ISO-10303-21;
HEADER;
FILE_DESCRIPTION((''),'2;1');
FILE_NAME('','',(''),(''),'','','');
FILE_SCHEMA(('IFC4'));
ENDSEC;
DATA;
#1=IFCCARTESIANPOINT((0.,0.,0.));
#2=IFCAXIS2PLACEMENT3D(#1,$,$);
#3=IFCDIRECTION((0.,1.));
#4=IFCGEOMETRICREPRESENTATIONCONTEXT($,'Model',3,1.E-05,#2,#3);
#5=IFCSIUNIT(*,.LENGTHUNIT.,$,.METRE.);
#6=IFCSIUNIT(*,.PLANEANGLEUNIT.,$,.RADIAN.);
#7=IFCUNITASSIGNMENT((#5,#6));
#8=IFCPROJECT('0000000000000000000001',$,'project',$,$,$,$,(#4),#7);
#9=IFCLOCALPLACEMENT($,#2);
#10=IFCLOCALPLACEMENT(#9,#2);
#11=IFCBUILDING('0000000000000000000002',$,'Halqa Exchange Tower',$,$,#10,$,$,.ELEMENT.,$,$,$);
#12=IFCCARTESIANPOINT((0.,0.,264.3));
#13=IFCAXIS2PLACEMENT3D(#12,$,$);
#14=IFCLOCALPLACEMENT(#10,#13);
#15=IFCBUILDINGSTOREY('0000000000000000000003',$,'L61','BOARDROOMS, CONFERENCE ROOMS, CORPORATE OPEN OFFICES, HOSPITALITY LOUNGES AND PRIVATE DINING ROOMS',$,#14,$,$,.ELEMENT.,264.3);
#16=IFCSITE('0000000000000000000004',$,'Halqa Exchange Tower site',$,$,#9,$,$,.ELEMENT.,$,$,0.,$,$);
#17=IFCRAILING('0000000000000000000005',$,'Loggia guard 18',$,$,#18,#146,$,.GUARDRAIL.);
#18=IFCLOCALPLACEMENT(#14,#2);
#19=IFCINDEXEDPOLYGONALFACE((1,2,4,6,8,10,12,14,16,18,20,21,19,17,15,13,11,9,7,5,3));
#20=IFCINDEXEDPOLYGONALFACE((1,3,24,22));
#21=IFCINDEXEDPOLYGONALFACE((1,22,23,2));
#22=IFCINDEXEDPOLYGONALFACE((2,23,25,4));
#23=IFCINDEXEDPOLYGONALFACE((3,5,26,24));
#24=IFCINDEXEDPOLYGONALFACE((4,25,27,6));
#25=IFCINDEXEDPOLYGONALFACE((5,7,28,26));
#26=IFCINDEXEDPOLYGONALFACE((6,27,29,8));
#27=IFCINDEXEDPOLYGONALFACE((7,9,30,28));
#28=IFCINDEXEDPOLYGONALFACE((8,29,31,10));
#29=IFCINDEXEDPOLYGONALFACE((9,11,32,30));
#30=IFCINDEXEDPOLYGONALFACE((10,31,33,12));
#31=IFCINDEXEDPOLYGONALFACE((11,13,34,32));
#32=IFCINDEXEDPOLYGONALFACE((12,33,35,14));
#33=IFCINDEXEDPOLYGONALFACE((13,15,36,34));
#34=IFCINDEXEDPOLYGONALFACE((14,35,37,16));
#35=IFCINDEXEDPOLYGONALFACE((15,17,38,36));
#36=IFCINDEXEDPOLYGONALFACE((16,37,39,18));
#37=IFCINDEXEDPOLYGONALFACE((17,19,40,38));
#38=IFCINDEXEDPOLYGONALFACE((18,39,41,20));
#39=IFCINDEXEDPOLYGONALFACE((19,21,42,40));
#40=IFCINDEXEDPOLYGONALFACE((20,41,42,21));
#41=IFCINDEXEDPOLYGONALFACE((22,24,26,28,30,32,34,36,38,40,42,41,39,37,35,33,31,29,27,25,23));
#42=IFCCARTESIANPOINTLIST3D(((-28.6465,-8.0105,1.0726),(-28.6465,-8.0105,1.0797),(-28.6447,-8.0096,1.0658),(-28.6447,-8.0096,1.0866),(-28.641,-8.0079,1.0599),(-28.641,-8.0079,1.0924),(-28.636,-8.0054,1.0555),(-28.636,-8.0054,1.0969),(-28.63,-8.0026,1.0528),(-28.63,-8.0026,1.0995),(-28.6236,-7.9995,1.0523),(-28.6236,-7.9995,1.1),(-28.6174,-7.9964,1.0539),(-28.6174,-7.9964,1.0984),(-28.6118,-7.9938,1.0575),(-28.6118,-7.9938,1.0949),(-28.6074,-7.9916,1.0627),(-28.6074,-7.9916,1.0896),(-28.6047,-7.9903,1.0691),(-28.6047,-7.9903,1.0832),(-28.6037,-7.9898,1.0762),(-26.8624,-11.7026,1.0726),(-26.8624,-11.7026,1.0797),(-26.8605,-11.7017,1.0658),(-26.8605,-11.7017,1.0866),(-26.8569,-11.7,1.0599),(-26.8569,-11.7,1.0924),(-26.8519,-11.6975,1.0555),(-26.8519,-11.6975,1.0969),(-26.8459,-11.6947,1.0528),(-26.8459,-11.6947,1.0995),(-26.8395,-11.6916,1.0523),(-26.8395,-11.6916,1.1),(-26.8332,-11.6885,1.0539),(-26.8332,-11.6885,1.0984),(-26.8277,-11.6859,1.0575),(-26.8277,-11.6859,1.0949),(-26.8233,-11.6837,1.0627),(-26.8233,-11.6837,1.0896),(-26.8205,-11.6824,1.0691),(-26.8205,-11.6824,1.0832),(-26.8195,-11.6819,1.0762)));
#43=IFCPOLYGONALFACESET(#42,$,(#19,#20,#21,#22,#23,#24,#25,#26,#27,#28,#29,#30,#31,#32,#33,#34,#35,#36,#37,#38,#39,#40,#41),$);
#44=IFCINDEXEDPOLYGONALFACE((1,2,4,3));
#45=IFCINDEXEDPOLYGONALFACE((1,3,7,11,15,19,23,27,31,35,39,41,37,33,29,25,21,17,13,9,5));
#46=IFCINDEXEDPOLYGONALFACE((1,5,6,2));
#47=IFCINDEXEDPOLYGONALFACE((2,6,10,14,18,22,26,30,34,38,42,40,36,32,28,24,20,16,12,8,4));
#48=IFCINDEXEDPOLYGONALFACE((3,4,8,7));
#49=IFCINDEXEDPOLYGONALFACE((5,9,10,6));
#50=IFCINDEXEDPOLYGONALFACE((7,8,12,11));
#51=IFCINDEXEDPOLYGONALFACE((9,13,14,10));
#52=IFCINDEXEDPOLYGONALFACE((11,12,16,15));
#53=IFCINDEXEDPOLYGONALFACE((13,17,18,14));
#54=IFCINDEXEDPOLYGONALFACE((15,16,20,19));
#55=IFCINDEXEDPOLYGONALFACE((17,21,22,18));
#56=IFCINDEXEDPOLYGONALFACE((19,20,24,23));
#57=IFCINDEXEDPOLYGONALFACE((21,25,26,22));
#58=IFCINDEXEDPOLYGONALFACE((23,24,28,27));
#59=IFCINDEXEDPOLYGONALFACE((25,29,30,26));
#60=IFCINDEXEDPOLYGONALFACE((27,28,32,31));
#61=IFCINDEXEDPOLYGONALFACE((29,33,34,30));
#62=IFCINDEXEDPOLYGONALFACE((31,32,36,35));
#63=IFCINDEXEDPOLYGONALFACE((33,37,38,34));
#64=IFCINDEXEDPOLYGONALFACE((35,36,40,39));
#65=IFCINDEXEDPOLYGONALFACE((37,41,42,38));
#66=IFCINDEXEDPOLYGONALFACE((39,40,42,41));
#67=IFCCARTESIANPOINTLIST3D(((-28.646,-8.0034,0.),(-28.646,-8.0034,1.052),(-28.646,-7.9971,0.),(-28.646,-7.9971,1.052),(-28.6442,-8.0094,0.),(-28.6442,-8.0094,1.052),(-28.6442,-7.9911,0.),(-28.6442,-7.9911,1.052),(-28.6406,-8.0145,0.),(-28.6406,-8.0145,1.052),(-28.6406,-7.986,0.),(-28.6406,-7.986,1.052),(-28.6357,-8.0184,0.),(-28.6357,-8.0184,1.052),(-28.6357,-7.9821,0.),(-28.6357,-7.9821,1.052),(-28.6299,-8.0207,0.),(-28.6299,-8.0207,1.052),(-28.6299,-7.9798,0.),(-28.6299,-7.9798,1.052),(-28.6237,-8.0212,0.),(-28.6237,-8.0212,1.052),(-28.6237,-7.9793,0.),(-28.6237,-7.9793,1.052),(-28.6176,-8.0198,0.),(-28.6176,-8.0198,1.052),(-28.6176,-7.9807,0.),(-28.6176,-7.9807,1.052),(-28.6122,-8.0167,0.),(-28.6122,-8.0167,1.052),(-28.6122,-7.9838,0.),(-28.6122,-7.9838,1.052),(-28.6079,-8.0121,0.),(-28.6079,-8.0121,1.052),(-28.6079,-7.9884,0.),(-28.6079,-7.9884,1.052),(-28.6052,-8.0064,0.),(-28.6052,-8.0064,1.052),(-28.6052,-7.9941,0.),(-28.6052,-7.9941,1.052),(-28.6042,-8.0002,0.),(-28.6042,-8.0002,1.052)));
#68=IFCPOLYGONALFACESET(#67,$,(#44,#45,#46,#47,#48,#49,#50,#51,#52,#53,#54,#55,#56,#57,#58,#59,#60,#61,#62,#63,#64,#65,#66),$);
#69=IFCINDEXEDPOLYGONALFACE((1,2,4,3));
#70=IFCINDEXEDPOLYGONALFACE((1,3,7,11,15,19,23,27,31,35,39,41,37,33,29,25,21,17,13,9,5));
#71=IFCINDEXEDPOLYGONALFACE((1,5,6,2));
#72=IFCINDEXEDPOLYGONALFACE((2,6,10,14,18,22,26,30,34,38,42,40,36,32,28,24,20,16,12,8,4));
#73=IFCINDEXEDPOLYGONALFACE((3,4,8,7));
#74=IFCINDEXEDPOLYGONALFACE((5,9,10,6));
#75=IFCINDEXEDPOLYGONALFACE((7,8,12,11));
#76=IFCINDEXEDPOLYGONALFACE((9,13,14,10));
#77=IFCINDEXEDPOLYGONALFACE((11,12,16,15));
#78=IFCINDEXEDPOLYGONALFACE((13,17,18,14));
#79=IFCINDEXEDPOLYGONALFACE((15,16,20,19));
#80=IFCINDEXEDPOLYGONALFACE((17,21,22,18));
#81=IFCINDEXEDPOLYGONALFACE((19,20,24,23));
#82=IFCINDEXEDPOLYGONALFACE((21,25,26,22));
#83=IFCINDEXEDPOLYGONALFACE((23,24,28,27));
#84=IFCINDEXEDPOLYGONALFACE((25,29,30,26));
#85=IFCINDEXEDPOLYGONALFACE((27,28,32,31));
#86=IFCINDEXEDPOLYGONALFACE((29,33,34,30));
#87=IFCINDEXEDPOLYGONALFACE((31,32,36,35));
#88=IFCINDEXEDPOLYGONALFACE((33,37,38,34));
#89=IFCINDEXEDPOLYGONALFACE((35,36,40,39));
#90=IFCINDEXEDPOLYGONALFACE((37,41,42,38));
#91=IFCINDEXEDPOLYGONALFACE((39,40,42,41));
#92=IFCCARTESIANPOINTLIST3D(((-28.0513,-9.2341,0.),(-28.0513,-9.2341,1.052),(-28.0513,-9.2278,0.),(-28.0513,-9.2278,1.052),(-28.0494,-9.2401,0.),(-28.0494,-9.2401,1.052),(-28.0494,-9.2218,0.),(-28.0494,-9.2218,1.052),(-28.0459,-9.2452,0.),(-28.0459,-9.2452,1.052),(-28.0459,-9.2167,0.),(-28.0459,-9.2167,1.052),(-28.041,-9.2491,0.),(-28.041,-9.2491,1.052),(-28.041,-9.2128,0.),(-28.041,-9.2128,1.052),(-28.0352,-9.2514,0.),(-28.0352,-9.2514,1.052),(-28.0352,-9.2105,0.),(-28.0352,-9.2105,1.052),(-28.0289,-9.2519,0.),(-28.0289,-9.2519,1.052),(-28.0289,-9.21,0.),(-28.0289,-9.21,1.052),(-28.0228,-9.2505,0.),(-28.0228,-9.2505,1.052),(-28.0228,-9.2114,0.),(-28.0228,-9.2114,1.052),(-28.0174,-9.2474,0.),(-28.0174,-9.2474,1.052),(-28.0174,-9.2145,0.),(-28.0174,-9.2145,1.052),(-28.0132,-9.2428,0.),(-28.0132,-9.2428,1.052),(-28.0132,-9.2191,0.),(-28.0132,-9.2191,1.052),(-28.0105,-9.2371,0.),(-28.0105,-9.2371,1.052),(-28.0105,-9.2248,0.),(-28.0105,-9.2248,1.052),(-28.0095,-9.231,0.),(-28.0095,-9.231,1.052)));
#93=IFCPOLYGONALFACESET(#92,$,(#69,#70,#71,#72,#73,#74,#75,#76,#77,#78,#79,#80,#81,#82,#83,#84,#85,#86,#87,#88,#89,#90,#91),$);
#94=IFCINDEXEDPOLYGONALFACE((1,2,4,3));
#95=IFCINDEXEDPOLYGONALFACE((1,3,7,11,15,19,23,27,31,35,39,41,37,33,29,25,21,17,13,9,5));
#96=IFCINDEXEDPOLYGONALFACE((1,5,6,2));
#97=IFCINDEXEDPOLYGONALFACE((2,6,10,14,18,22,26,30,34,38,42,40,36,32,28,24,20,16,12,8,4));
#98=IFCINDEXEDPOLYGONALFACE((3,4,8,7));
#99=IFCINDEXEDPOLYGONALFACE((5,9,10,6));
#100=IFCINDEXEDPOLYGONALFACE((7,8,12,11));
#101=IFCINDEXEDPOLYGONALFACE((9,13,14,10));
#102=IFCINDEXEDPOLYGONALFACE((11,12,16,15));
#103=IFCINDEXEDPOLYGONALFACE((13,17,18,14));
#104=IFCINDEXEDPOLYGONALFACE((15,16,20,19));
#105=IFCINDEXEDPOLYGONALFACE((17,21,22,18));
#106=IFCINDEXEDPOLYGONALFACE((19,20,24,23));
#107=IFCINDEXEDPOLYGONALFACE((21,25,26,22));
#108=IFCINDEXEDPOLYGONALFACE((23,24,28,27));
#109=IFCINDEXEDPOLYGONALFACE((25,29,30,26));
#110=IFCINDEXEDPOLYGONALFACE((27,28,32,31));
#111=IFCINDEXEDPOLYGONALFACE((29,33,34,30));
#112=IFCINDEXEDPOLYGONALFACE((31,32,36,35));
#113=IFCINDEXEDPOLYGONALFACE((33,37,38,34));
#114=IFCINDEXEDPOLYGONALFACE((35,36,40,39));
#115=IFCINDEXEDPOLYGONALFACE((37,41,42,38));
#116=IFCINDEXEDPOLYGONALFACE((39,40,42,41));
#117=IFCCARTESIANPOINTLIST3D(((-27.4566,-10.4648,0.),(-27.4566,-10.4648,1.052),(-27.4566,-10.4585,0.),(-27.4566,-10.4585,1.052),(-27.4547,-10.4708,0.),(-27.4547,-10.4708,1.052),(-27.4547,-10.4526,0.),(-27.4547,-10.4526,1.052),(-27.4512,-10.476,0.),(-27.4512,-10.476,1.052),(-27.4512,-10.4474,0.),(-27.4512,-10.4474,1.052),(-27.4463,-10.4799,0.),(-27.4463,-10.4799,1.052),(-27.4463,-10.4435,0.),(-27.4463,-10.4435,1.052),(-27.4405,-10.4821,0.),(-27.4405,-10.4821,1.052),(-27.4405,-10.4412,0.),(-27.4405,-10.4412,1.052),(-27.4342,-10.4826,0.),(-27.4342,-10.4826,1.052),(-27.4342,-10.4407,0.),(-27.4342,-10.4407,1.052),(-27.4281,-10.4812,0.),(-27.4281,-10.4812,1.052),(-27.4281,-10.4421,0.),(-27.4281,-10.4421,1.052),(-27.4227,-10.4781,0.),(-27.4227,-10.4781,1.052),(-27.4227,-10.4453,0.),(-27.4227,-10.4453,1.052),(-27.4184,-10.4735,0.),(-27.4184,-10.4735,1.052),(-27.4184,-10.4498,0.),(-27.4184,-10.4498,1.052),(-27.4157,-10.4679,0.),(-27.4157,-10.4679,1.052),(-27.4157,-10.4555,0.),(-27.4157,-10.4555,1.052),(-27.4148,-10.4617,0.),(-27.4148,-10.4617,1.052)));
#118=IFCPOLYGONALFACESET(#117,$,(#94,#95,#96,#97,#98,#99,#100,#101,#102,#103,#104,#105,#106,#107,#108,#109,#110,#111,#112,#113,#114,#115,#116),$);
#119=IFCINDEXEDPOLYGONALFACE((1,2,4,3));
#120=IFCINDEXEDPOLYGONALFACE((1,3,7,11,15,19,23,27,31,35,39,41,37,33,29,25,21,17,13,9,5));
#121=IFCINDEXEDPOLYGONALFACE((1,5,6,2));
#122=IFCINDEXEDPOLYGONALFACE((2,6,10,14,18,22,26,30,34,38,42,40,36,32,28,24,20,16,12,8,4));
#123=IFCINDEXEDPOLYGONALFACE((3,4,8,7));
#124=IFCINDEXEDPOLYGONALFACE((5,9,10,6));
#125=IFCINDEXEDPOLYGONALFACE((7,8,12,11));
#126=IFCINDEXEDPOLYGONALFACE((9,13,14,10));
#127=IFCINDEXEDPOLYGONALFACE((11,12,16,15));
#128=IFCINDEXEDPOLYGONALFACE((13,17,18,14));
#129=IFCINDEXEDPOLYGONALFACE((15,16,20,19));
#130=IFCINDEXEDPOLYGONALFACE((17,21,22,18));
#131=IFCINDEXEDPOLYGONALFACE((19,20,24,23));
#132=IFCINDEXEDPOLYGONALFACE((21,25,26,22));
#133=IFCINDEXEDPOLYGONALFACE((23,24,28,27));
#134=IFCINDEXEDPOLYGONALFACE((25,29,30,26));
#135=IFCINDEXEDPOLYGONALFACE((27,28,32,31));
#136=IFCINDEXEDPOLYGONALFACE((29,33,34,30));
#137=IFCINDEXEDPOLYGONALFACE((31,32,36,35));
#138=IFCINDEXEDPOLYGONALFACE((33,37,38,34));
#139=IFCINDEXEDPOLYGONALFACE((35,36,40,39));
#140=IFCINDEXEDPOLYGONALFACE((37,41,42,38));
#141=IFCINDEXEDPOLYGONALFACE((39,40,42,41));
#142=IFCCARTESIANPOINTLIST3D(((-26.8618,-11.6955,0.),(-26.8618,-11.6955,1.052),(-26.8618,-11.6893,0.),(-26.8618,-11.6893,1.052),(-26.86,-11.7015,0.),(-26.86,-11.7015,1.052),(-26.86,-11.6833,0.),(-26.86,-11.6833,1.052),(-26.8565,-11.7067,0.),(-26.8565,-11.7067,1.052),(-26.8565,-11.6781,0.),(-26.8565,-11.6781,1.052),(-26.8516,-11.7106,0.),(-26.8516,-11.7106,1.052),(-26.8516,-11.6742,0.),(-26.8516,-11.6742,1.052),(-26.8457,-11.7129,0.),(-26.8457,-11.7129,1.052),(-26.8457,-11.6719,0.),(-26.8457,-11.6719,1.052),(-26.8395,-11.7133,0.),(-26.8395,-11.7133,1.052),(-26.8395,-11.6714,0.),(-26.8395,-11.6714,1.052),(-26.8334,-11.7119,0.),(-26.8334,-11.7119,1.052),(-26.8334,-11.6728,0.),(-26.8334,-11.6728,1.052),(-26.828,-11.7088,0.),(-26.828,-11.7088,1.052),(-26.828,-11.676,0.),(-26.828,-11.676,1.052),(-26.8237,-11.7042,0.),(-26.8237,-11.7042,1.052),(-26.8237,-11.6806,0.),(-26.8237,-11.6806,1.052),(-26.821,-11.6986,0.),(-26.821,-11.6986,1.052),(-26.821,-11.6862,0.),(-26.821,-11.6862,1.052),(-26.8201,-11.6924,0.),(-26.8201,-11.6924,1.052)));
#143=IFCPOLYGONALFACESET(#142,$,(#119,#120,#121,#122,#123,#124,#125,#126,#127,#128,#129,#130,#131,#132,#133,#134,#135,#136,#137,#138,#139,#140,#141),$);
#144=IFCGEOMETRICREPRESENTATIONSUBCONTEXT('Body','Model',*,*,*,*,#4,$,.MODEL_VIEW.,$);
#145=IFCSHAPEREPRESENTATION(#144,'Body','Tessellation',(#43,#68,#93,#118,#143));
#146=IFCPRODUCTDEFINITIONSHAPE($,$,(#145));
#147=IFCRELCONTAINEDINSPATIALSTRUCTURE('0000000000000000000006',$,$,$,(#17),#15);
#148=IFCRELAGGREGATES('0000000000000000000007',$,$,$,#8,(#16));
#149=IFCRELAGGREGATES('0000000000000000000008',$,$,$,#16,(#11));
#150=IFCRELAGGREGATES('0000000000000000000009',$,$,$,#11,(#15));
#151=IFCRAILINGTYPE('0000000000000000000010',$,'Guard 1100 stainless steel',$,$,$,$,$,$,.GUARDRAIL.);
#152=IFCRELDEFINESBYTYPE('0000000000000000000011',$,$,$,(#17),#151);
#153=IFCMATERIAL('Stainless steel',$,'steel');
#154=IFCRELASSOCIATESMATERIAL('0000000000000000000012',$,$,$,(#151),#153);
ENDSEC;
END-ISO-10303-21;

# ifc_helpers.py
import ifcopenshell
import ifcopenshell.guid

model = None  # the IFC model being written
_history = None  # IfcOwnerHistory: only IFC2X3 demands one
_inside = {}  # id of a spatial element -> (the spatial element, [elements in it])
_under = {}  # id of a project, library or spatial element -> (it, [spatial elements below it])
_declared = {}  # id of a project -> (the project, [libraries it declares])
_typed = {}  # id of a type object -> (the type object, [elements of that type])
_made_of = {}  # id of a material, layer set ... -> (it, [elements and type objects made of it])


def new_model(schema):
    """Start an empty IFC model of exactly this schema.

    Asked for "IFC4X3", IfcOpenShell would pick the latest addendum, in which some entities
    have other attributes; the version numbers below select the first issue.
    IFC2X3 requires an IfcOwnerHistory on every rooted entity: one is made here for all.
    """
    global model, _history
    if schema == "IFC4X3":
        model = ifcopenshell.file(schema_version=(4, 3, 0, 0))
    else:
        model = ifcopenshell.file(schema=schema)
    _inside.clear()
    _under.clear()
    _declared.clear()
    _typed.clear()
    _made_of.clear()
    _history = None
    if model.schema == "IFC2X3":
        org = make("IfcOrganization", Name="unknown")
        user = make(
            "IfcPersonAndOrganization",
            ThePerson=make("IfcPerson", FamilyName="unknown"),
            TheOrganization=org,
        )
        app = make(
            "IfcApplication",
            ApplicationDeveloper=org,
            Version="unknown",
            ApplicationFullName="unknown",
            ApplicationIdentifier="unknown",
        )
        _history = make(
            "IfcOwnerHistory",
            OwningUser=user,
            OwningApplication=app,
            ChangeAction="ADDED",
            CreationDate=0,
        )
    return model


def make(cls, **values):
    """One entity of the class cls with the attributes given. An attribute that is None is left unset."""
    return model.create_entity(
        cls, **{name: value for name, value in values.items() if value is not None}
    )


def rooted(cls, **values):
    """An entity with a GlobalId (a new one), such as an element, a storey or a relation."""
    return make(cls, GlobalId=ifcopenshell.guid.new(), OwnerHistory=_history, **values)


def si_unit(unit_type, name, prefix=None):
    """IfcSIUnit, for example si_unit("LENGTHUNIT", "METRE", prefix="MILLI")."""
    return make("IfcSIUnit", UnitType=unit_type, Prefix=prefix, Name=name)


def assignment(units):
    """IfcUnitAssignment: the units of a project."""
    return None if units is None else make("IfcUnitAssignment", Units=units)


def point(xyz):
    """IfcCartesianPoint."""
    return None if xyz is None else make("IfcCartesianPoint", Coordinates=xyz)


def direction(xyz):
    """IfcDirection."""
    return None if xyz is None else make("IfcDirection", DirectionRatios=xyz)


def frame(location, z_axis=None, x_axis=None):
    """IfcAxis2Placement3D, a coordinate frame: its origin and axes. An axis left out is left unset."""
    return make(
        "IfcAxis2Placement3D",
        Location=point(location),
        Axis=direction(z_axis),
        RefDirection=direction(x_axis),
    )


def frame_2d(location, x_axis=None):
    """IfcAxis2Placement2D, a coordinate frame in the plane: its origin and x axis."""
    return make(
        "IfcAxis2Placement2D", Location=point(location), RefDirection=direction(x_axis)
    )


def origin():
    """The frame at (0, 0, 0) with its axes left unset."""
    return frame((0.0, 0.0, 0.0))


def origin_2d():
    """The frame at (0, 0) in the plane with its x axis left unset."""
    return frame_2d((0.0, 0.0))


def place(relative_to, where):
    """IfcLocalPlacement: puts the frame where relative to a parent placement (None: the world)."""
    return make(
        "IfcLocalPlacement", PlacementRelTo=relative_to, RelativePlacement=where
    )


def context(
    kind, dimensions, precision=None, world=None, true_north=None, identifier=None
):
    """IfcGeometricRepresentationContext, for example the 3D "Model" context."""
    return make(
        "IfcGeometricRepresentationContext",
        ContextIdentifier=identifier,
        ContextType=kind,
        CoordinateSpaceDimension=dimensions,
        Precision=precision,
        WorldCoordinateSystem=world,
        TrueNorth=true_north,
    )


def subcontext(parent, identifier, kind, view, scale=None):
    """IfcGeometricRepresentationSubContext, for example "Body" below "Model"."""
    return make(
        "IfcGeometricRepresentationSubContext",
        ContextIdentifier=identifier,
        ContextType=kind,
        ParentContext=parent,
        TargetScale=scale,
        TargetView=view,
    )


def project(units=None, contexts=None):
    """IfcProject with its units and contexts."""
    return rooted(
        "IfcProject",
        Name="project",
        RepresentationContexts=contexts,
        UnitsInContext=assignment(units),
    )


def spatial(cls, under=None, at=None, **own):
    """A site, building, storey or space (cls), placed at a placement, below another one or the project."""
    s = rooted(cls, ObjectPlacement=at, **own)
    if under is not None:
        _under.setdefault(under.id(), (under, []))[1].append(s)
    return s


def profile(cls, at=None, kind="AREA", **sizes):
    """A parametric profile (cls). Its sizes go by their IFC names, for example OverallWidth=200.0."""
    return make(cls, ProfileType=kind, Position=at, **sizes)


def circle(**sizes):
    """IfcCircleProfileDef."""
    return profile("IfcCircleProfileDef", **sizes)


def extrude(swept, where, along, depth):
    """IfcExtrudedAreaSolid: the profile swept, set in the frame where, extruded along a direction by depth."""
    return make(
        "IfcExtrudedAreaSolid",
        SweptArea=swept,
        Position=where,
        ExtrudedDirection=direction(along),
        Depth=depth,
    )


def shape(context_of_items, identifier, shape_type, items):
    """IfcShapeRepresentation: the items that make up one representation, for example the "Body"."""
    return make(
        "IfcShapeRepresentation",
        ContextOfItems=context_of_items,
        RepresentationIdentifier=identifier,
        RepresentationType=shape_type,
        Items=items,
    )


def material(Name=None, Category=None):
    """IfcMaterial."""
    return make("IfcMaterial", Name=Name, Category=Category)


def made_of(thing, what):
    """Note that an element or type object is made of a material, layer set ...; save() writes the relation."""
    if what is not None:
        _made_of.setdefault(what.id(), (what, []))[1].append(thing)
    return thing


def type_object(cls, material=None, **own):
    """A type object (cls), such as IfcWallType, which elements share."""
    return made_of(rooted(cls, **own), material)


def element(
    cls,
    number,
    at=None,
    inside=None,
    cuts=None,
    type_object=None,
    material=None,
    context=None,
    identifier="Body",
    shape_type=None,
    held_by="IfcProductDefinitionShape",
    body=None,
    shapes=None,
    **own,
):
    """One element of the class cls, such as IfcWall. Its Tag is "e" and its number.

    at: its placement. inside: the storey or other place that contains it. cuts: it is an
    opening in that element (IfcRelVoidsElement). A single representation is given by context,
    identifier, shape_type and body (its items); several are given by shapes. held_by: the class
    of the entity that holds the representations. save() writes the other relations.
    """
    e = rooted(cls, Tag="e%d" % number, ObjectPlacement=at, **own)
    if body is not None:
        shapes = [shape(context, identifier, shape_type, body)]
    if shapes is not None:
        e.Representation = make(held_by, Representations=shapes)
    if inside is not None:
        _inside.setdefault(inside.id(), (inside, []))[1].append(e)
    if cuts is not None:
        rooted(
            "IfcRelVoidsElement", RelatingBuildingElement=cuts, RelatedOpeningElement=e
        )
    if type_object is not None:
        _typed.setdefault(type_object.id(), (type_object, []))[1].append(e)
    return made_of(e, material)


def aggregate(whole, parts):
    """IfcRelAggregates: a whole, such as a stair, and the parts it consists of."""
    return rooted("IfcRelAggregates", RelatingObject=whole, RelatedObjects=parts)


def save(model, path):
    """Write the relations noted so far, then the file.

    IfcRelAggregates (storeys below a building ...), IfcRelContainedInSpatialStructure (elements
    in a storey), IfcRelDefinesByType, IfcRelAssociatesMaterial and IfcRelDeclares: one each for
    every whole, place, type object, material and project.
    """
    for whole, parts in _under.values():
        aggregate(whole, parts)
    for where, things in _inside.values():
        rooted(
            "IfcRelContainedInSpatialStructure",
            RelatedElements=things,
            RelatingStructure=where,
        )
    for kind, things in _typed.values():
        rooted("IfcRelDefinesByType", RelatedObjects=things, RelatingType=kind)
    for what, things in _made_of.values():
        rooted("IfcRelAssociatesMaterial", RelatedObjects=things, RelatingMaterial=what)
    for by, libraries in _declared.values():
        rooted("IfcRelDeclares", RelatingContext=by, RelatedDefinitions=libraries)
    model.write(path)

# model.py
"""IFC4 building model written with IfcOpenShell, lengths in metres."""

from ifc_helpers import new_model, si_unit, direction, frame, origin, origin_2d, place, context, subcontext, project, spatial, circle, extrude, material, type_object, element, save


model = new_model("IFC4")

# Units and contexts
model_context = context("Model", 3, precision=1e-05, world=origin(), true_north=direction((0.0, 1.0)))
body_context = subcontext(model_context, "Body", "Model", "MODEL_VIEW")
ifc_project = project(units=[si_unit("LENGTHUNIT", "METRE"), si_unit("PLANEANGLEUNIT", "RADIAN")], contexts=[model_context])

# Site, building, storey
site_placement = place(None, origin())
site = spatial("IfcSite", under=ifc_project, at=site_placement, Name="Halqa Exchange Tower site", CompositionType="ELEMENT", RefElevation=0.0)
building_placement = place(site_placement, origin())
building = spatial("IfcBuilding", under=site, at=building_placement, Name="Halqa Exchange Tower", CompositionType="ELEMENT")
storey_placement = place(building_placement, frame((0.0, 0.0, 264.3)))
storey = spatial("IfcBuildingStorey", under=building, at=storey_placement, Name="L61", Description="BOARDROOMS, CONFERENCE ROOMS, CORPORATE OPEN OFFICES, HOSPITALITY LOUNGES AND PRIVATE DINING ROOMS", CompositionType="ELEMENT", Elevation=264.3)

# Railing
ifc_material_1 = material(Name="Stainless steel", Category="steel")
railing_type = type_object("IfcRailingType", Name="Guard 1100 stainless steel", PredefinedType="GUARDRAIL", material=ifc_material_1)
railing_1_placement = place(storey_placement, frame((-28.6252, -8.0002, 0.0)))
element("IfcRailing", 1, at=railing_1_placement, inside=storey, type_object=railing_type, Name="Loggia guard 18", PredefinedType="GUARDRAIL", context=body_context, shape_type="SweptSolid", body=[
    extrude(circle(Radius=0.0239, at=origin_2d()), frame((0.0, 0.0, 1.0762), z_axis=(0.435099, -0.900383, 0.0), x_axis=(0.900383, 0.435099, 0.0)), (0.0, 0.0, 1.0), 4.1006),
    extrude(circle(Radius=0.021, at=origin_2d()), origin(), (0.0, 0.0, 1.0), 1.052),
    extrude(circle(Radius=0.021, at=origin_2d()), frame((0.5947, -1.2307, 0.0)), (0.0, 0.0, 1.0), 1.052),
    extrude(circle(Radius=0.021, at=origin_2d()), frame((1.1895, -2.4614, 0.0)), (0.0, 0.0, 1.0), 1.052),
    extrude(circle(Radius=0.021, at=origin_2d()), frame((1.7842, -3.6921, 0.0)), (0.0, 0.0, 1.0), 1.052),
])

save(model, "model.ifc")
